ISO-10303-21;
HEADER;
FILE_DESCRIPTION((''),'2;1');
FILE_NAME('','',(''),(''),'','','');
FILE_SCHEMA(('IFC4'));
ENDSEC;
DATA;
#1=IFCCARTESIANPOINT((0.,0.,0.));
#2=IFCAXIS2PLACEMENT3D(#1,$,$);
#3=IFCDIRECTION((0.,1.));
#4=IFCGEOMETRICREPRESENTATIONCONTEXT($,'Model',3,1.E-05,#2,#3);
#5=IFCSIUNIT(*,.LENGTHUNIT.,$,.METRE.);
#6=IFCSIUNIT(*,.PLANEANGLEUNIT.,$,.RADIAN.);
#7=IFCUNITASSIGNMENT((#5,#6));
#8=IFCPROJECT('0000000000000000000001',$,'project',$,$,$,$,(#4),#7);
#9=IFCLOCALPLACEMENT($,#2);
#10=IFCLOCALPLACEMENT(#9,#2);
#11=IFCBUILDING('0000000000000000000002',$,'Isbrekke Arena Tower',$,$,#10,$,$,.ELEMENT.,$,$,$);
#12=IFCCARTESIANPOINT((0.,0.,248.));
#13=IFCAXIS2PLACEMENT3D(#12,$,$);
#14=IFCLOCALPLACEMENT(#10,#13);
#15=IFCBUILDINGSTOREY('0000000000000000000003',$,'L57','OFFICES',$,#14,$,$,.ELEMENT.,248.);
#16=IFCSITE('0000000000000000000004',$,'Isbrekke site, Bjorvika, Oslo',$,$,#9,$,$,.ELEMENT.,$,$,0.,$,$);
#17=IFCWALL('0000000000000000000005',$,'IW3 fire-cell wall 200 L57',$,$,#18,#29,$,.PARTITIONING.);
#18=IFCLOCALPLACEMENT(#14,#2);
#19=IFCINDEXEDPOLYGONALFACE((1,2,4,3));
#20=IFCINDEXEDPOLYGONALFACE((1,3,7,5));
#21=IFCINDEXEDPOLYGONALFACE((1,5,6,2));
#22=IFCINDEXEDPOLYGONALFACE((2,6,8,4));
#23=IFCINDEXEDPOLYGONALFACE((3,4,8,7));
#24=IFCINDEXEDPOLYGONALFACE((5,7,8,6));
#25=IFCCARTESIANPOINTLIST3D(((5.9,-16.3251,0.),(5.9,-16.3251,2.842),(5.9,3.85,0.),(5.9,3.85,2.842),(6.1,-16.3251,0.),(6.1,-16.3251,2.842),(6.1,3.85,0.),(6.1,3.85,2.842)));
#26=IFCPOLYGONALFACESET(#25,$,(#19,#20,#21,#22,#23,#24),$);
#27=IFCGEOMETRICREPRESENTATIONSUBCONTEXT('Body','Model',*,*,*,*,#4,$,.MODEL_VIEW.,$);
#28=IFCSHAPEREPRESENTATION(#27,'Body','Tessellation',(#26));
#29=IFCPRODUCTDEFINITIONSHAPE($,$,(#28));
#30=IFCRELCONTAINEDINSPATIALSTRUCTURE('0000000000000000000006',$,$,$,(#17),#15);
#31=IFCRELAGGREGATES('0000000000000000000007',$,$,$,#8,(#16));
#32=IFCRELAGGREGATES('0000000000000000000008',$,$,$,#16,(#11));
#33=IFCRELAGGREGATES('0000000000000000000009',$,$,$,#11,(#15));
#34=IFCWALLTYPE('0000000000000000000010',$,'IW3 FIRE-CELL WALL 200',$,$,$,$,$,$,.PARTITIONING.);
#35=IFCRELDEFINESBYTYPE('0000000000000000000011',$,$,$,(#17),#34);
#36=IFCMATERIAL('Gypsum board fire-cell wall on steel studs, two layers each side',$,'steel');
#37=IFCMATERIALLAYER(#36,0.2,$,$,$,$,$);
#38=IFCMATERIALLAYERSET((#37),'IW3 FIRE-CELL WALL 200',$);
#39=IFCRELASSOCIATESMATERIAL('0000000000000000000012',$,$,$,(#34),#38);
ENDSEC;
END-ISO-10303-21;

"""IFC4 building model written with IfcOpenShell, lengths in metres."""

from ifc_helpers import new_model, si_unit, direction, frame, frame_2d, origin, place, context, subcontext, project, spatial, rectangle, extrude, material, layer, layer_set, type_object, element, save


model = new_model("IFC4")

# Units and contexts
model_context = context("Model", 3, precision=1e-05, world=origin(), true_north=direction((0.0, 1.0)))
body_context = subcontext(model_context, "Body", "Model", "MODEL_VIEW")
ifc_project = project(units=[si_unit("LENGTHUNIT", "METRE"), si_unit("PLANEANGLEUNIT", "RADIAN")], contexts=[model_context])

# Site, building, storey
site_placement = place(None, origin())
site = spatial("IfcSite", under=ifc_project, at=site_placement, Name="Isbrekke site, Bjorvika, Oslo", CompositionType="ELEMENT", RefElevation=0.0)
building_placement = place(site_placement, origin())
building = spatial("IfcBuilding", under=site, at=building_placement, Name="Isbrekke Arena Tower", CompositionType="ELEMENT")
storey_placement = place(building_placement, frame((0.0, 0.0, 248.0)))
storey = spatial("IfcBuildingStorey", under=building, at=storey_placement, Name="L57", Description="OFFICES", CompositionType="ELEMENT", Elevation=248.0)

# Wall
ifc_material_1 = material(Name="Gypsum board fire-cell wall on steel studs, two layers each side", Category="steel")
ifc_layer_1 = layer(ifc_material_1, 0.2)
ifc_layer_set_1 = layer_set([ifc_layer_1], Name="IW3 FIRE-CELL WALL 200")
wall_type_1 = type_object("IfcWallType", Name="IW3 FIRE-CELL WALL 200", PredefinedType="PARTITIONING", material=ifc_layer_set_1)
wall_1_placement = place(storey_placement, frame((6.0, -16.325, 0.0), z_axis=(0.0, 0.0, 1.0), x_axis=(0.0, 1.0, 0.0)))
element("IfcWall", 1, at=wall_1_placement, inside=storey, type_object=wall_type_1, Name="IW3 fire-cell wall 200 L57", PredefinedType="PARTITIONING", context=body_context, shape_type="SweptSolid", body=[
    extrude(rectangle(XDim=20.175, YDim=0.2, at=frame_2d((10.0874, 0.0))), origin(), (0.0, 0.0, 1.0), 2.842),
])

save(model, "model.ifc")
